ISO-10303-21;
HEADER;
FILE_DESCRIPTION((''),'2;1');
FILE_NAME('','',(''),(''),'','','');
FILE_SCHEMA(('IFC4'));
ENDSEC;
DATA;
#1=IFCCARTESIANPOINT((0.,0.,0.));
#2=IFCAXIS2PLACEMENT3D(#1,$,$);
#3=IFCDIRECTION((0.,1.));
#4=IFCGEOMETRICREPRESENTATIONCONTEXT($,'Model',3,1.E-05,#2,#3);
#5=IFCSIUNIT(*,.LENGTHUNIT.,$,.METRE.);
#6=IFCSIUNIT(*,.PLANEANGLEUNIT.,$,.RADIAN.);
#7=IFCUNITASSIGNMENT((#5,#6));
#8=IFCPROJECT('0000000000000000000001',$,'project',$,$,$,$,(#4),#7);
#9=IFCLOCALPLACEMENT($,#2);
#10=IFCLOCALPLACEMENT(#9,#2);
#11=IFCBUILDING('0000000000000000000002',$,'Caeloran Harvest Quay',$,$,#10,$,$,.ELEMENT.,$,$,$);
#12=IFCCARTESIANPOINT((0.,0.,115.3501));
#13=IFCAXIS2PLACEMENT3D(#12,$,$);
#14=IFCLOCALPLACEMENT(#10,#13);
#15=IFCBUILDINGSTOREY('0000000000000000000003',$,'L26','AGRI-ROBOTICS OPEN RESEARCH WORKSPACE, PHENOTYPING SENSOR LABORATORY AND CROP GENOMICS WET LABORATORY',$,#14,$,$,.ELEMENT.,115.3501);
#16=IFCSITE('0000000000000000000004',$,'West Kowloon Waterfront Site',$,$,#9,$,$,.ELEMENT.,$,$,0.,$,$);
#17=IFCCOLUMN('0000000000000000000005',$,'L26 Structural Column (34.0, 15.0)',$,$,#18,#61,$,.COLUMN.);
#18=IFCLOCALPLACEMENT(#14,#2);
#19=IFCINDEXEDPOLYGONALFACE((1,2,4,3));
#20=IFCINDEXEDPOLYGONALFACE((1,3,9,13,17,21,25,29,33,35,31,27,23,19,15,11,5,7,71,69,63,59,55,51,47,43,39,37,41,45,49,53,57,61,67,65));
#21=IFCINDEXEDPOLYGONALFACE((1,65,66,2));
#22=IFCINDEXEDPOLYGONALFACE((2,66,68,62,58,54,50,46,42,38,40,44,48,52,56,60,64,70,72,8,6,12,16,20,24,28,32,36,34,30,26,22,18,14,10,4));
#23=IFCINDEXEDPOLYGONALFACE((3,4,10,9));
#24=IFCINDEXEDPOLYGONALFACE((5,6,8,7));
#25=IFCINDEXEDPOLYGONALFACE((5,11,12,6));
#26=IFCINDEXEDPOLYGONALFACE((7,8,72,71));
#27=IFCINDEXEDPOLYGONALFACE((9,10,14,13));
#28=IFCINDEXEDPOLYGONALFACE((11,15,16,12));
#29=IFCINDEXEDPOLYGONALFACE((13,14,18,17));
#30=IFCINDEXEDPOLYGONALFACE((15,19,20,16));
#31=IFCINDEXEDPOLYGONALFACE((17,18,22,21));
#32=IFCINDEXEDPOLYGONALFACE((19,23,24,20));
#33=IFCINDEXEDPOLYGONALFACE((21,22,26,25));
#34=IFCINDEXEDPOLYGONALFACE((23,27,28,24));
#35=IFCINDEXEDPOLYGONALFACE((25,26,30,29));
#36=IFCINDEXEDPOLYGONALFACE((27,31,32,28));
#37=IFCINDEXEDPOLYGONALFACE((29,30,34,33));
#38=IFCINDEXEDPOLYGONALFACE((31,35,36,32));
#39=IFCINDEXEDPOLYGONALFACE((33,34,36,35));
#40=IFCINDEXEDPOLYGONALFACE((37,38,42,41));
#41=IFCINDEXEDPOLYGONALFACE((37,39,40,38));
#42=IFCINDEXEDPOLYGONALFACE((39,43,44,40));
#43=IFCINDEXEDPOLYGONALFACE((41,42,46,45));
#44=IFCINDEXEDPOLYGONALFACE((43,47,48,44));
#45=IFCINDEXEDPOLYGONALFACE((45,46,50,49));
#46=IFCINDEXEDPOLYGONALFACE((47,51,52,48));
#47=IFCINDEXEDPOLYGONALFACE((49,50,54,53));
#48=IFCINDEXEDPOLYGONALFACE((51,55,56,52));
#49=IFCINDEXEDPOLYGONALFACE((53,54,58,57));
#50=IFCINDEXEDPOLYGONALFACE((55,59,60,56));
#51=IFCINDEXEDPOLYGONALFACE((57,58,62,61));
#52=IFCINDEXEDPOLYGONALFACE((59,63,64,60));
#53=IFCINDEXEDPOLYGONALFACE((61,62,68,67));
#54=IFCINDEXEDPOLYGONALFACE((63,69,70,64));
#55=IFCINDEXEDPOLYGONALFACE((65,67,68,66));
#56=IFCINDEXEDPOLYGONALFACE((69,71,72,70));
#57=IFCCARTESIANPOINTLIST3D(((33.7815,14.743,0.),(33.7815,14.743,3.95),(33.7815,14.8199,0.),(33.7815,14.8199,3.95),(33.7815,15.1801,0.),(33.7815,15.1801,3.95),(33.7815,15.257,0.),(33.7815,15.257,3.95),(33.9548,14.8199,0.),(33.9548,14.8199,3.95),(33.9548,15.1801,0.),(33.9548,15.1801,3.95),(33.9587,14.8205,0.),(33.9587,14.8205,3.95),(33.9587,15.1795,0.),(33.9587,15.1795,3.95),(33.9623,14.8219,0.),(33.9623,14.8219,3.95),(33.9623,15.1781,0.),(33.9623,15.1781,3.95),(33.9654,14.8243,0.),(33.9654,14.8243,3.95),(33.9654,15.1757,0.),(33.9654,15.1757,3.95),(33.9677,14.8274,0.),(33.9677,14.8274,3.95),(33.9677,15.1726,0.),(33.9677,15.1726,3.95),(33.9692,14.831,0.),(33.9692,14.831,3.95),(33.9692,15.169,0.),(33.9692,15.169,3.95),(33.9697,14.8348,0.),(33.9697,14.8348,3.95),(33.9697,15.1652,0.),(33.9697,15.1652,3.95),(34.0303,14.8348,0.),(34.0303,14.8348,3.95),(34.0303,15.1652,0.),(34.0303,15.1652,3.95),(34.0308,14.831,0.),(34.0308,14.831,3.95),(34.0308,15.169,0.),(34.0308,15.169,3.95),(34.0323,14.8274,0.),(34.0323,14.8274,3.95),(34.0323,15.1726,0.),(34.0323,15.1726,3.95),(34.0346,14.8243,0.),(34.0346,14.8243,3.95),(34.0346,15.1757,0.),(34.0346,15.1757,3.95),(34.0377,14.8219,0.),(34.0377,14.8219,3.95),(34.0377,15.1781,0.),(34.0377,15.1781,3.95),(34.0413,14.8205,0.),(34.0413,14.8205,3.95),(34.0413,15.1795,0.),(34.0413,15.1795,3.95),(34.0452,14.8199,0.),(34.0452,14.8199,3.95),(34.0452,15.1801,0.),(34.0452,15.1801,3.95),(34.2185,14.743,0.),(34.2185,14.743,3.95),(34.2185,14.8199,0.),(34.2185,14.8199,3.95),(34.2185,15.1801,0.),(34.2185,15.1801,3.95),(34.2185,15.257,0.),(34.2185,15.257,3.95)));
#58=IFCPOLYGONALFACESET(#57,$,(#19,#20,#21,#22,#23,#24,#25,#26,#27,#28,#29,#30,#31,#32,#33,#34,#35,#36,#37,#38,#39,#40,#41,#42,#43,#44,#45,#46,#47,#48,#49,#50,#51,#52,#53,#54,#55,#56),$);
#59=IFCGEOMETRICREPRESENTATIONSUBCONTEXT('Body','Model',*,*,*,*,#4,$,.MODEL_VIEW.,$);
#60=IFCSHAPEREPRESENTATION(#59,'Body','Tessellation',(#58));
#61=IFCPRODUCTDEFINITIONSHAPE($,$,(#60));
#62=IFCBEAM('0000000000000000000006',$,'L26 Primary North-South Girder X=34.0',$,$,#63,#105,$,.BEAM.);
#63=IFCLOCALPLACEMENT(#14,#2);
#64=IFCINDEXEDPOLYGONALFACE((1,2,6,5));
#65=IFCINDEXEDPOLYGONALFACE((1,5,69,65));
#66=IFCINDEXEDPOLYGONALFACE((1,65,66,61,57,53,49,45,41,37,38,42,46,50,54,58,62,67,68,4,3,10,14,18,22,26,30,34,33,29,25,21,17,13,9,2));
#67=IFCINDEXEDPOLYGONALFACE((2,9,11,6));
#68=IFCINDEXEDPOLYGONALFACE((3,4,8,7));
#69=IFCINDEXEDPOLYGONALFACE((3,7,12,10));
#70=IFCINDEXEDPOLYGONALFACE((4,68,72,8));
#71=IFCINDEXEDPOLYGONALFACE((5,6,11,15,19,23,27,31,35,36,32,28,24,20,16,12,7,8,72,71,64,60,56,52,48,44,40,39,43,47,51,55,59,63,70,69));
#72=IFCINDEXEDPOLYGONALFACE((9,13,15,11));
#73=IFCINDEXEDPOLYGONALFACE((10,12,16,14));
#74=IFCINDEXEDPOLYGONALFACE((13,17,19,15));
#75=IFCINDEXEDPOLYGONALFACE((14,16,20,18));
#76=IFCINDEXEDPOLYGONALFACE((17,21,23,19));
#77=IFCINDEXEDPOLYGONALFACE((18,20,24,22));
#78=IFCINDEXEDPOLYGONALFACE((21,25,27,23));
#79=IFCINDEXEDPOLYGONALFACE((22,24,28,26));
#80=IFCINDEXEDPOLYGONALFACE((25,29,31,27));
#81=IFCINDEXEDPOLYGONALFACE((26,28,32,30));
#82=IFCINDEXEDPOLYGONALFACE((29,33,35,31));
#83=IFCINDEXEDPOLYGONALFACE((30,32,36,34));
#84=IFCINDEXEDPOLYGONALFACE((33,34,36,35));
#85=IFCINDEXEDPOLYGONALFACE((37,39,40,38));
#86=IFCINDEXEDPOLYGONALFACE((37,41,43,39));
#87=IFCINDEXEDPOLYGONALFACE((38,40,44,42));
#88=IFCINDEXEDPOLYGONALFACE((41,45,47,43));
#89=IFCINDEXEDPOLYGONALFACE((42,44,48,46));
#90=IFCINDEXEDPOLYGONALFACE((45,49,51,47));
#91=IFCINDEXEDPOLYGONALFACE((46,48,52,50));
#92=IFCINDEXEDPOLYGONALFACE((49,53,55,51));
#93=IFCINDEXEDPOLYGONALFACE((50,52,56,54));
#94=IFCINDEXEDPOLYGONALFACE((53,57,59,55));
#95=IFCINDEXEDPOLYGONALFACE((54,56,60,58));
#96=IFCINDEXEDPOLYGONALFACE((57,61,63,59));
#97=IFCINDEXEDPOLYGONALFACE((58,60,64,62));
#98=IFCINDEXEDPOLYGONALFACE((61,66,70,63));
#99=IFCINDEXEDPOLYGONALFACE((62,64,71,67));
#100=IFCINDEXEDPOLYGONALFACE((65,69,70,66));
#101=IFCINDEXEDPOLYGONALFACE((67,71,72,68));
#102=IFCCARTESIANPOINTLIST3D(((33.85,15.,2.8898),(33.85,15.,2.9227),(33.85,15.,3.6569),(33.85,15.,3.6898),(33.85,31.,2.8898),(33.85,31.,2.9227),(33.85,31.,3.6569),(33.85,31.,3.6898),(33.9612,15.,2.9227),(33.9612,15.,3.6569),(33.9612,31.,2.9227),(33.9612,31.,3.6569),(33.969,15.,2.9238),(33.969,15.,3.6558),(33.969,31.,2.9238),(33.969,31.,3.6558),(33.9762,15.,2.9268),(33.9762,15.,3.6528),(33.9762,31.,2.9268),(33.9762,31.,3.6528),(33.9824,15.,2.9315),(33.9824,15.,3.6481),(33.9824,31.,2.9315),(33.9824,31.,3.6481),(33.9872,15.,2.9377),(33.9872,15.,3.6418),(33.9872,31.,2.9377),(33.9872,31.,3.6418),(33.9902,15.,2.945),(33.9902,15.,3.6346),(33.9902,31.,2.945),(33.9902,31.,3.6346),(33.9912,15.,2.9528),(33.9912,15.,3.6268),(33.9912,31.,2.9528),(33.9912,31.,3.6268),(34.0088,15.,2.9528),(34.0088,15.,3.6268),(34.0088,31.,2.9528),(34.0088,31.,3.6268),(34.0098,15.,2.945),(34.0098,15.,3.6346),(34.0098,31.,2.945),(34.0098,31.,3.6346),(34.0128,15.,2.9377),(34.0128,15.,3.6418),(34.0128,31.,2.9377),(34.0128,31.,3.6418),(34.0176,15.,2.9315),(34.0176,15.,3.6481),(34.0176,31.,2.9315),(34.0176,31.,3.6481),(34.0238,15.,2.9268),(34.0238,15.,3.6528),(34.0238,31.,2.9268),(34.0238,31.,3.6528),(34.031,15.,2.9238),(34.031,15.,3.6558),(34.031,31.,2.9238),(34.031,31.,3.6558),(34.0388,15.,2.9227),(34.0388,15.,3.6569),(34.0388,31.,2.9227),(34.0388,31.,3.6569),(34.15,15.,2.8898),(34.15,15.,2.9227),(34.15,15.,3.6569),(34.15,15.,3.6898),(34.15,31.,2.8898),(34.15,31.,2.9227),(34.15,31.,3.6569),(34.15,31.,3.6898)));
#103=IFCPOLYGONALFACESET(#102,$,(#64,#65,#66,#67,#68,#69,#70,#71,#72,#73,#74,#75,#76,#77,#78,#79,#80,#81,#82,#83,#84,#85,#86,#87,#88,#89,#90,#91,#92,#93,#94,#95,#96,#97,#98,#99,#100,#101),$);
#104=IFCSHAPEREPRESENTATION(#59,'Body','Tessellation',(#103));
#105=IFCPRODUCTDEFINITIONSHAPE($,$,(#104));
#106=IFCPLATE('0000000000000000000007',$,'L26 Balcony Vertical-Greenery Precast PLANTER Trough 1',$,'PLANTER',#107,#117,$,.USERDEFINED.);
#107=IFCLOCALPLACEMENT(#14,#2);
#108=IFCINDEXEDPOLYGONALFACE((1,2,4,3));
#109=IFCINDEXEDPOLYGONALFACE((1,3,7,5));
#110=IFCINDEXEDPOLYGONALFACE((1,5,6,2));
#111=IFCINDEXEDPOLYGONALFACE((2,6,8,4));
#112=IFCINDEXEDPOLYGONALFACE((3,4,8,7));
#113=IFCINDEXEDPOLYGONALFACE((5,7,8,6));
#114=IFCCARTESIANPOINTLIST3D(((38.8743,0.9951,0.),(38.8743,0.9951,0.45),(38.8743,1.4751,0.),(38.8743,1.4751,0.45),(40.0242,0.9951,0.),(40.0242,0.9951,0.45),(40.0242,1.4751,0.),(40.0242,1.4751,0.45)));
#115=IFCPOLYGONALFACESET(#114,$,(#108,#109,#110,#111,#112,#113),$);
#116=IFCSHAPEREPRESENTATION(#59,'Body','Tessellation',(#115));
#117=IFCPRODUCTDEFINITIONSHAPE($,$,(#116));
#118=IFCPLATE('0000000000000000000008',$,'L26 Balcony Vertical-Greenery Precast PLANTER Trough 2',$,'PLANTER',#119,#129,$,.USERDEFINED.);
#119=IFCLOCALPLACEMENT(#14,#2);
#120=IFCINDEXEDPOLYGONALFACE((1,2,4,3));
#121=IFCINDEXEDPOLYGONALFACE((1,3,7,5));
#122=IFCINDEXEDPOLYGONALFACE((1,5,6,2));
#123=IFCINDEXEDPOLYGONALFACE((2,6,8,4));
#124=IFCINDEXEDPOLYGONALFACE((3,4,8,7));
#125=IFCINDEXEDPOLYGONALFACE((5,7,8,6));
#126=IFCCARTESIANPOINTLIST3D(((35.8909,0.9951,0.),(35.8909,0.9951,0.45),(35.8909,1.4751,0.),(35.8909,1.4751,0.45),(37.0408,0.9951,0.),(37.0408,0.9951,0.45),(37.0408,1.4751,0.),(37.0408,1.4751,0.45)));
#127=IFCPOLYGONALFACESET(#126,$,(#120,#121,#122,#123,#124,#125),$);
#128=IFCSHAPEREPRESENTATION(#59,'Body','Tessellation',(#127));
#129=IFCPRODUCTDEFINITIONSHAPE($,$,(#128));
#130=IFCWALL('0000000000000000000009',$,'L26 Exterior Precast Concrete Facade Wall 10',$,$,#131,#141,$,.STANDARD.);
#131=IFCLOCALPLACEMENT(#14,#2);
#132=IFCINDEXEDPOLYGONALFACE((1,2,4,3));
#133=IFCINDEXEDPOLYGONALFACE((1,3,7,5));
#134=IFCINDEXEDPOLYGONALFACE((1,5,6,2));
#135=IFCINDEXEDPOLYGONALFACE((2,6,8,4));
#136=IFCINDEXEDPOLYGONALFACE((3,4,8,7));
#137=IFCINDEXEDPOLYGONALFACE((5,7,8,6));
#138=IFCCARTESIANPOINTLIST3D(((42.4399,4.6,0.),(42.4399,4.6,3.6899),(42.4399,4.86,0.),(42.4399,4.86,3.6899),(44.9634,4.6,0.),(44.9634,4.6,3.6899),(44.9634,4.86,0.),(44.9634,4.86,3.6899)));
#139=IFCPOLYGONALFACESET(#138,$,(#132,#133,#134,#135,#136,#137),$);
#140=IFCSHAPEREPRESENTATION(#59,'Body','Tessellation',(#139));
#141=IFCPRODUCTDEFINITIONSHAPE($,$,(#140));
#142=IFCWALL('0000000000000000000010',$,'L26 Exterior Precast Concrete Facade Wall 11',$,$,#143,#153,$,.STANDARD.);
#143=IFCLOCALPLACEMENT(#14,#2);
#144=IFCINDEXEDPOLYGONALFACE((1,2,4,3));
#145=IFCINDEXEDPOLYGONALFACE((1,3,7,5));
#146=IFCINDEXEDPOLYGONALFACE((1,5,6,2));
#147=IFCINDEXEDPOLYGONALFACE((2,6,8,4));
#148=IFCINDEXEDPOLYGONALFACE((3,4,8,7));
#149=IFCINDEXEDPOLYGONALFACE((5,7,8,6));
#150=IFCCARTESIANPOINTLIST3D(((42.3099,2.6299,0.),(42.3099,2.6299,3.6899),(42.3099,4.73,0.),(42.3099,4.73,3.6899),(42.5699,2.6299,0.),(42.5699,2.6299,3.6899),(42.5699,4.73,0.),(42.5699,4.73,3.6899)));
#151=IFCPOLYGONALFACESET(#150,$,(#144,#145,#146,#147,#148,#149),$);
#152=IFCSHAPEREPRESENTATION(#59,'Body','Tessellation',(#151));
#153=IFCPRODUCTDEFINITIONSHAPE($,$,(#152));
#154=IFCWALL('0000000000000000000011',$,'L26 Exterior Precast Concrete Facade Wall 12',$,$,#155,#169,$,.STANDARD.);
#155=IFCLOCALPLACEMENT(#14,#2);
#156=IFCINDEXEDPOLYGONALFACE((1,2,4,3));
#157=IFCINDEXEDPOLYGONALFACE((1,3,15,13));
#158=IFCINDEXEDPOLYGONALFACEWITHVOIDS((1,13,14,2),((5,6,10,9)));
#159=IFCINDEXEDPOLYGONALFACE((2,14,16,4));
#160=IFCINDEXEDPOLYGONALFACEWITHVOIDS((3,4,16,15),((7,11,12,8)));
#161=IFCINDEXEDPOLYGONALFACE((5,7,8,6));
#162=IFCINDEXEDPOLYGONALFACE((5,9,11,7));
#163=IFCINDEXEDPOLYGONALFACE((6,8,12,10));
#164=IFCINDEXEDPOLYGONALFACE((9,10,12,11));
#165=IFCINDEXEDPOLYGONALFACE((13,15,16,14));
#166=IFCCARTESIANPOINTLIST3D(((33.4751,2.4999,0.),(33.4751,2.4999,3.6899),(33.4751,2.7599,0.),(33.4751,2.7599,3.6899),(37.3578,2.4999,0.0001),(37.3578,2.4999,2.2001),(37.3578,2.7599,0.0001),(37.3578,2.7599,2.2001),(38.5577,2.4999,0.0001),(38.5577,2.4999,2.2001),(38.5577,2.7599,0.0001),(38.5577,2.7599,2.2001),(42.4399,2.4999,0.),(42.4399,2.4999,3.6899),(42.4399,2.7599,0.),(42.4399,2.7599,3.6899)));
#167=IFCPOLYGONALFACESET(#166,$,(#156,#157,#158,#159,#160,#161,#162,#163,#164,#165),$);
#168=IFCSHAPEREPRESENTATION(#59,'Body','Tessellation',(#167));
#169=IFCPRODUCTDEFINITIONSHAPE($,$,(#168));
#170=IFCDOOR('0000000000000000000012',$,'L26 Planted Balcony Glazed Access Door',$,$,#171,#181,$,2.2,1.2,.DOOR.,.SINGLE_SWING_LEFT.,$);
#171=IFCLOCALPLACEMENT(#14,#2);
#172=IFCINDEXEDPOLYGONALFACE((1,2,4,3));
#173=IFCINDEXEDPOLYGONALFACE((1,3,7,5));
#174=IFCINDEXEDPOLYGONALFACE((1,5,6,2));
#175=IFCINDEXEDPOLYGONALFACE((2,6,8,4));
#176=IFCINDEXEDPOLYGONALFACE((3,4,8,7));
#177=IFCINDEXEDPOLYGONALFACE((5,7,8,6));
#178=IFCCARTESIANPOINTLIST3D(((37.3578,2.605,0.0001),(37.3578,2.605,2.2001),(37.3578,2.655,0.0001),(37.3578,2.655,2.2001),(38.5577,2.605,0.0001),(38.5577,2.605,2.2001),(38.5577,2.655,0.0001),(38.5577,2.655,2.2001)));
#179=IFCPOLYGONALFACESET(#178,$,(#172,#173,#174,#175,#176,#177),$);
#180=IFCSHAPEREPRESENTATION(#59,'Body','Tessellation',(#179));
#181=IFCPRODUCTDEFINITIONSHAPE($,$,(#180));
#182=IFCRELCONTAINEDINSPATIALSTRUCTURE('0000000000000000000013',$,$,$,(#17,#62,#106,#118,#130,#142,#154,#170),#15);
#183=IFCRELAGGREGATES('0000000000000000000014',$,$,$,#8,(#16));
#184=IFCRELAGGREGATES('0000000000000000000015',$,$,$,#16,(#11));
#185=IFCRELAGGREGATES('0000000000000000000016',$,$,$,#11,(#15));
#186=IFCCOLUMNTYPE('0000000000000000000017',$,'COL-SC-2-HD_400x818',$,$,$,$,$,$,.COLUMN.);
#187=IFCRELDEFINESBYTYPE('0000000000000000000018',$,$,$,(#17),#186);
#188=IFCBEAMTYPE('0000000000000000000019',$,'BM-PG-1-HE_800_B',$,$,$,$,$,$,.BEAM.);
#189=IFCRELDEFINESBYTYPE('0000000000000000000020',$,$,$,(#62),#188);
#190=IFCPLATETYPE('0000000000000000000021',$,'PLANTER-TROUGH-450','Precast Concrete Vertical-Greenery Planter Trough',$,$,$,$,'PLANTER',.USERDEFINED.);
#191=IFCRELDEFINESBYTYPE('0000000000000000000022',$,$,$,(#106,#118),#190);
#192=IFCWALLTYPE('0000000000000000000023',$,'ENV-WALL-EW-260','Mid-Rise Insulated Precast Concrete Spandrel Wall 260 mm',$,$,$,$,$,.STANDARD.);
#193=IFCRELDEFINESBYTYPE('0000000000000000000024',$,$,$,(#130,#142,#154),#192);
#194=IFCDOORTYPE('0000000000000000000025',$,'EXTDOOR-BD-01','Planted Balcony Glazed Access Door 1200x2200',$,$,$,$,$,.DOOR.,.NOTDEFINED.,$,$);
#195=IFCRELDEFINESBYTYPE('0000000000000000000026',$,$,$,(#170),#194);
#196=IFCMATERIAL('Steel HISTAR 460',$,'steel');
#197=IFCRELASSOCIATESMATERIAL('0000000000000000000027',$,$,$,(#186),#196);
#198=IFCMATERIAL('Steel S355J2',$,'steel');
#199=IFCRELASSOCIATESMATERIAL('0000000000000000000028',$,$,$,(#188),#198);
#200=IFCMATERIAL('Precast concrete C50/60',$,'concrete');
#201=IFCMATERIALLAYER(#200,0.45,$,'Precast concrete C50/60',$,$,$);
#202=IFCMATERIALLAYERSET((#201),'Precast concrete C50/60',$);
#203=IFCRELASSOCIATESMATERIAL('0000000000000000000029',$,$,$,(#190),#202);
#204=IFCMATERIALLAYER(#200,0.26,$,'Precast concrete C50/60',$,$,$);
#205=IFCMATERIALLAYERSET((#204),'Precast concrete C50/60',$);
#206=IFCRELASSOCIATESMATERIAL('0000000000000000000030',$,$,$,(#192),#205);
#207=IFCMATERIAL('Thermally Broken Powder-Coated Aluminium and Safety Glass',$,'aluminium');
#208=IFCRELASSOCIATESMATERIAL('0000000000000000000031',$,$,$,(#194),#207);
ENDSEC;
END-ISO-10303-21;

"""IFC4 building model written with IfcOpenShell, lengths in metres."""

from ifc_helpers import new_model, si_unit, direction, frame, frame_2d, origin, origin_2d, place, context, subcontext, project, spatial, rectangle, i_section, extrude, material, layer, layer_set, material_profile, profile_set, type_object, element, fill, save


model = new_model("IFC4")

# Units and contexts
model_context = context("Model", 3, precision=1e-05, world=origin(), true_north=direction((0.0, 1.0)))
body_context = subcontext(model_context, "Body", "Model", "MODEL_VIEW")
ifc_project = project(units=[si_unit("LENGTHUNIT", "METRE"), si_unit("PLANEANGLEUNIT", "RADIAN")], contexts=[model_context])

# Site, building, storey
site_placement = place(None, origin())
site = spatial("IfcSite", under=ifc_project, at=site_placement, Name="West Kowloon Waterfront Site", CompositionType="ELEMENT", RefElevation=0.0)
building_placement = place(site_placement, origin())
building = spatial("IfcBuilding", under=site, at=building_placement, Name="Caeloran Harvest Quay", CompositionType="ELEMENT")
storey_placement = place(building_placement, frame((0.0, 0.0, 115.3501)))
storey = spatial("IfcBuildingStorey", under=building, at=storey_placement, Name="L26", Description="AGRI-ROBOTICS OPEN RESEARCH WORKSPACE, PHENOTYPING SENSOR LABORATORY AND CROP GENOMICS WET LABORATORY", CompositionType="ELEMENT", Elevation=115.3501)

# Column
ifc_material_1 = material(Name="Steel HISTAR 460", Category="steel")
ifc_material_profile_1 = material_profile(ifc_material_1, i_section(OverallWidth=0.437, OverallDepth=0.5139, WebThickness=0.0605, FlangeThickness=0.0769, FilletRadius=0.0149, at=origin_2d()), Name="HD 400x818")
ifc_profile_set_1 = profile_set([ifc_material_profile_1], Name="Steel HISTAR 460")
column_type = type_object("IfcColumnType", Name="COL-SC-2-HD_400x818", PredefinedType="COLUMN", material=ifc_profile_set_1)
column_placement = place(storey_placement, frame((34.0, 15.0, 0.0), z_axis=(0.0, 0.0, 1.0), x_axis=(1.0, 0.0, 0.0)))
element("IfcColumn", 1, at=column_placement, inside=storey, type_object=column_type, Name="L26 Structural Column (34.0, 15.0)", PredefinedType="COLUMN", context=body_context, shape_type="SweptSolid", body=[
    extrude(i_section(OverallWidth=0.437, OverallDepth=0.5139, WebThickness=0.0605, FlangeThickness=0.0769, FilletRadius=0.0149, at=origin_2d()), origin(), (0.0, 0.0, 1.0), 3.95),
])

# Beam
ifc_material_2 = material(Name="Steel S355J2", Category="steel")
ifc_material_profile_2 = material_profile(ifc_material_2, i_section(OverallWidth=0.3, OverallDepth=0.8, WebThickness=0.0176, FlangeThickness=0.033, FilletRadius=0.03, at=origin_2d()), Name="HE 800 B")
ifc_profile_set_2 = profile_set([ifc_material_profile_2], Name="Steel S355J2")
beam_type = type_object("IfcBeamType", Name="BM-PG-1-HE_800_B", PredefinedType="BEAM", material=ifc_profile_set_2)
beam_placement = place(storey_placement, frame((34.0, 15.0, 3.2898), z_axis=(0.0, 1.0, 0.0), x_axis=(-1.0, 0.0, 0.0)))
element("IfcBeam", 2, at=beam_placement, inside=storey, type_object=beam_type, Name="L26 Primary North-South Girder X=34.0", PredefinedType="BEAM", context=body_context, shape_type="SweptSolid", body=[
    extrude(i_section(OverallWidth=0.3, OverallDepth=0.8, WebThickness=0.0176, FlangeThickness=0.033, FilletRadius=0.03, at=origin_2d()), origin(), (0.0, 0.0, 1.0), 16.0),
])

# Plates
ifc_material_3 = material(Name="Precast concrete C50/60", Category="concrete")
ifc_layer_1 = layer(ifc_material_3, 0.45, Name="Precast concrete C50/60")
ifc_layer_set_1 = layer_set([ifc_layer_1], Name="Precast concrete C50/60")
plate_type = type_object("IfcPlateType", Name="PLANTER-TROUGH-450", Description="Precast Concrete Vertical-Greenery Planter Trough", ElementType="PLANTER", PredefinedType="USERDEFINED", material=ifc_layer_set_1)
for number, where, z_axis, x_axis, name in (
    (3, (39.4492, 1.2351, 0.0), (0.0, 0.0, 1.0), (1.0, 0.0, 0.0), "L26 Balcony Vertical-Greenery Precast PLANTER Trough 1"),
    (4, (36.4658, 1.2351, 0.0), (0.0, 0.0, 1.0), (1.0, 0.0, 0.0), "L26 Balcony Vertical-Greenery Precast PLANTER Trough 2"),
):
    element("IfcPlate", number, at=place(storey_placement, frame(where, z_axis=z_axis, x_axis=x_axis)), inside=storey, type_object=plate_type, Name=name, ObjectType="PLANTER", PredefinedType="USERDEFINED", context=body_context, shape_type="SweptSolid", body=[
        extrude(rectangle(XDim=1.1499, YDim=0.48, at=origin_2d()), origin(), (0.0, 0.0, 1.0), 0.45),
    ])

# Walls
ifc_layer_2 = layer(ifc_material_3, 0.26, Name="Precast concrete C50/60")
ifc_layer_set_2 = layer_set([ifc_layer_2], Name="Precast concrete C50/60")
wall_type_1 = type_object("IfcWallType", Name="ENV-WALL-EW-260", Description="Mid-Rise Insulated Precast Concrete Spandrel Wall 260 mm", PredefinedType="STANDARD", material=ifc_layer_set_2)
wall_1_placement = place(storey_placement, frame((44.9634, 4.73, 0.0), z_axis=(0.0, 0.0, 1.0), x_axis=(-1.0, 0.0, 0.0)))
element("IfcWall", 5, at=wall_1_placement, inside=storey, type_object=wall_type_1, Name="L26 Exterior Precast Concrete Facade Wall 10", PredefinedType="STANDARD", context=body_context, shape_type="SweptSolid", body=[
    extrude(rectangle(XDim=2.5234, YDim=0.26, at=frame_2d((1.2617, 0.0))), origin(), (0.0, 0.0, 1.0), 3.6899),
])
wall_2_placement = place(storey_placement, frame((42.4399, 4.73, 0.0), z_axis=(0.0, 0.0, 1.0), x_axis=(0.0, -1.0, 0.0)))
element("IfcWall", 6, at=wall_2_placement, inside=storey, type_object=wall_type_1, Name="L26 Exterior Precast Concrete Facade Wall 11", PredefinedType="STANDARD", context=body_context, shape_type="SweptSolid", body=[
    extrude(rectangle(XDim=2.1001, YDim=0.26, at=frame_2d((1.05, 0.0))), origin(), (0.0, 0.0, 1.0), 3.6899),
])

# Wall, opening, door
wall_3_placement = place(storey_placement, frame((42.4399, 2.6299, 0.0), z_axis=(0.0, 0.0, 1.0), x_axis=(-1.0, 0.0, 0.0)))
wall_3 = element("IfcWall", 7, at=wall_3_placement, inside=storey, type_object=wall_type_1, Name="L26 Exterior Precast Concrete Facade Wall 12", PredefinedType="STANDARD", context=body_context, shape_type="SweptSolid", body=[
    extrude(rectangle(XDim=8.9648, YDim=0.26, at=frame_2d((4.4824, 0.0))), origin(), (0.0, 0.0, 1.0), 3.6899),
])
opening_placement = place(wall_3_placement, frame((3.8821, 0.0, 0.0)))
opening = element("IfcOpeningElement", 8, at=opening_placement, cuts=wall_3, PredefinedType="OPENING", context=body_context, shape_type="SweptSolid", body=[
    extrude(rectangle(XDim=1.2, YDim=2.2, at=frame_2d((0.6001, 1.1001))), frame((0.0, 0.1401, 0.0), z_axis=(0.0, -1.0, 0.0), x_axis=(1.0, 0.0, 0.0)), (0.0, 0.0, 1.0), 0.28),
])
ifc_material_4 = material(Name="Thermally Broken Powder-Coated Aluminium and Safety Glass", Category="aluminium")
door_type = type_object("IfcDoorType", Name="EXTDOOR-BD-01", Description="Planted Balcony Glazed Access Door 1200x2200", OperationType="NOTDEFINED", PredefinedType="DOOR", material=ifc_material_4)
door_placement = place(opening_placement, origin())
door = element("IfcDoor", 9, at=door_placement, inside=storey, type_object=door_type, Name="L26 Planted Balcony Glazed Access Door", OperationType="SINGLE_SWING_LEFT", OverallHeight=2.2, OverallWidth=1.2, PredefinedType="DOOR", context=body_context, shape_type="SweptSolid", body=[
    extrude(rectangle(XDim=1.2, YDim=2.2, at=frame_2d((0.6001, 1.1001))), frame((0.0, 0.0249, 0.0), z_axis=(0.0, -1.0, 0.0), x_axis=(1.0, 0.0, 0.0)), (0.0, 0.0, 1.0), 0.05),
])
fill(opening, door)

save(model, "model.ifc")
